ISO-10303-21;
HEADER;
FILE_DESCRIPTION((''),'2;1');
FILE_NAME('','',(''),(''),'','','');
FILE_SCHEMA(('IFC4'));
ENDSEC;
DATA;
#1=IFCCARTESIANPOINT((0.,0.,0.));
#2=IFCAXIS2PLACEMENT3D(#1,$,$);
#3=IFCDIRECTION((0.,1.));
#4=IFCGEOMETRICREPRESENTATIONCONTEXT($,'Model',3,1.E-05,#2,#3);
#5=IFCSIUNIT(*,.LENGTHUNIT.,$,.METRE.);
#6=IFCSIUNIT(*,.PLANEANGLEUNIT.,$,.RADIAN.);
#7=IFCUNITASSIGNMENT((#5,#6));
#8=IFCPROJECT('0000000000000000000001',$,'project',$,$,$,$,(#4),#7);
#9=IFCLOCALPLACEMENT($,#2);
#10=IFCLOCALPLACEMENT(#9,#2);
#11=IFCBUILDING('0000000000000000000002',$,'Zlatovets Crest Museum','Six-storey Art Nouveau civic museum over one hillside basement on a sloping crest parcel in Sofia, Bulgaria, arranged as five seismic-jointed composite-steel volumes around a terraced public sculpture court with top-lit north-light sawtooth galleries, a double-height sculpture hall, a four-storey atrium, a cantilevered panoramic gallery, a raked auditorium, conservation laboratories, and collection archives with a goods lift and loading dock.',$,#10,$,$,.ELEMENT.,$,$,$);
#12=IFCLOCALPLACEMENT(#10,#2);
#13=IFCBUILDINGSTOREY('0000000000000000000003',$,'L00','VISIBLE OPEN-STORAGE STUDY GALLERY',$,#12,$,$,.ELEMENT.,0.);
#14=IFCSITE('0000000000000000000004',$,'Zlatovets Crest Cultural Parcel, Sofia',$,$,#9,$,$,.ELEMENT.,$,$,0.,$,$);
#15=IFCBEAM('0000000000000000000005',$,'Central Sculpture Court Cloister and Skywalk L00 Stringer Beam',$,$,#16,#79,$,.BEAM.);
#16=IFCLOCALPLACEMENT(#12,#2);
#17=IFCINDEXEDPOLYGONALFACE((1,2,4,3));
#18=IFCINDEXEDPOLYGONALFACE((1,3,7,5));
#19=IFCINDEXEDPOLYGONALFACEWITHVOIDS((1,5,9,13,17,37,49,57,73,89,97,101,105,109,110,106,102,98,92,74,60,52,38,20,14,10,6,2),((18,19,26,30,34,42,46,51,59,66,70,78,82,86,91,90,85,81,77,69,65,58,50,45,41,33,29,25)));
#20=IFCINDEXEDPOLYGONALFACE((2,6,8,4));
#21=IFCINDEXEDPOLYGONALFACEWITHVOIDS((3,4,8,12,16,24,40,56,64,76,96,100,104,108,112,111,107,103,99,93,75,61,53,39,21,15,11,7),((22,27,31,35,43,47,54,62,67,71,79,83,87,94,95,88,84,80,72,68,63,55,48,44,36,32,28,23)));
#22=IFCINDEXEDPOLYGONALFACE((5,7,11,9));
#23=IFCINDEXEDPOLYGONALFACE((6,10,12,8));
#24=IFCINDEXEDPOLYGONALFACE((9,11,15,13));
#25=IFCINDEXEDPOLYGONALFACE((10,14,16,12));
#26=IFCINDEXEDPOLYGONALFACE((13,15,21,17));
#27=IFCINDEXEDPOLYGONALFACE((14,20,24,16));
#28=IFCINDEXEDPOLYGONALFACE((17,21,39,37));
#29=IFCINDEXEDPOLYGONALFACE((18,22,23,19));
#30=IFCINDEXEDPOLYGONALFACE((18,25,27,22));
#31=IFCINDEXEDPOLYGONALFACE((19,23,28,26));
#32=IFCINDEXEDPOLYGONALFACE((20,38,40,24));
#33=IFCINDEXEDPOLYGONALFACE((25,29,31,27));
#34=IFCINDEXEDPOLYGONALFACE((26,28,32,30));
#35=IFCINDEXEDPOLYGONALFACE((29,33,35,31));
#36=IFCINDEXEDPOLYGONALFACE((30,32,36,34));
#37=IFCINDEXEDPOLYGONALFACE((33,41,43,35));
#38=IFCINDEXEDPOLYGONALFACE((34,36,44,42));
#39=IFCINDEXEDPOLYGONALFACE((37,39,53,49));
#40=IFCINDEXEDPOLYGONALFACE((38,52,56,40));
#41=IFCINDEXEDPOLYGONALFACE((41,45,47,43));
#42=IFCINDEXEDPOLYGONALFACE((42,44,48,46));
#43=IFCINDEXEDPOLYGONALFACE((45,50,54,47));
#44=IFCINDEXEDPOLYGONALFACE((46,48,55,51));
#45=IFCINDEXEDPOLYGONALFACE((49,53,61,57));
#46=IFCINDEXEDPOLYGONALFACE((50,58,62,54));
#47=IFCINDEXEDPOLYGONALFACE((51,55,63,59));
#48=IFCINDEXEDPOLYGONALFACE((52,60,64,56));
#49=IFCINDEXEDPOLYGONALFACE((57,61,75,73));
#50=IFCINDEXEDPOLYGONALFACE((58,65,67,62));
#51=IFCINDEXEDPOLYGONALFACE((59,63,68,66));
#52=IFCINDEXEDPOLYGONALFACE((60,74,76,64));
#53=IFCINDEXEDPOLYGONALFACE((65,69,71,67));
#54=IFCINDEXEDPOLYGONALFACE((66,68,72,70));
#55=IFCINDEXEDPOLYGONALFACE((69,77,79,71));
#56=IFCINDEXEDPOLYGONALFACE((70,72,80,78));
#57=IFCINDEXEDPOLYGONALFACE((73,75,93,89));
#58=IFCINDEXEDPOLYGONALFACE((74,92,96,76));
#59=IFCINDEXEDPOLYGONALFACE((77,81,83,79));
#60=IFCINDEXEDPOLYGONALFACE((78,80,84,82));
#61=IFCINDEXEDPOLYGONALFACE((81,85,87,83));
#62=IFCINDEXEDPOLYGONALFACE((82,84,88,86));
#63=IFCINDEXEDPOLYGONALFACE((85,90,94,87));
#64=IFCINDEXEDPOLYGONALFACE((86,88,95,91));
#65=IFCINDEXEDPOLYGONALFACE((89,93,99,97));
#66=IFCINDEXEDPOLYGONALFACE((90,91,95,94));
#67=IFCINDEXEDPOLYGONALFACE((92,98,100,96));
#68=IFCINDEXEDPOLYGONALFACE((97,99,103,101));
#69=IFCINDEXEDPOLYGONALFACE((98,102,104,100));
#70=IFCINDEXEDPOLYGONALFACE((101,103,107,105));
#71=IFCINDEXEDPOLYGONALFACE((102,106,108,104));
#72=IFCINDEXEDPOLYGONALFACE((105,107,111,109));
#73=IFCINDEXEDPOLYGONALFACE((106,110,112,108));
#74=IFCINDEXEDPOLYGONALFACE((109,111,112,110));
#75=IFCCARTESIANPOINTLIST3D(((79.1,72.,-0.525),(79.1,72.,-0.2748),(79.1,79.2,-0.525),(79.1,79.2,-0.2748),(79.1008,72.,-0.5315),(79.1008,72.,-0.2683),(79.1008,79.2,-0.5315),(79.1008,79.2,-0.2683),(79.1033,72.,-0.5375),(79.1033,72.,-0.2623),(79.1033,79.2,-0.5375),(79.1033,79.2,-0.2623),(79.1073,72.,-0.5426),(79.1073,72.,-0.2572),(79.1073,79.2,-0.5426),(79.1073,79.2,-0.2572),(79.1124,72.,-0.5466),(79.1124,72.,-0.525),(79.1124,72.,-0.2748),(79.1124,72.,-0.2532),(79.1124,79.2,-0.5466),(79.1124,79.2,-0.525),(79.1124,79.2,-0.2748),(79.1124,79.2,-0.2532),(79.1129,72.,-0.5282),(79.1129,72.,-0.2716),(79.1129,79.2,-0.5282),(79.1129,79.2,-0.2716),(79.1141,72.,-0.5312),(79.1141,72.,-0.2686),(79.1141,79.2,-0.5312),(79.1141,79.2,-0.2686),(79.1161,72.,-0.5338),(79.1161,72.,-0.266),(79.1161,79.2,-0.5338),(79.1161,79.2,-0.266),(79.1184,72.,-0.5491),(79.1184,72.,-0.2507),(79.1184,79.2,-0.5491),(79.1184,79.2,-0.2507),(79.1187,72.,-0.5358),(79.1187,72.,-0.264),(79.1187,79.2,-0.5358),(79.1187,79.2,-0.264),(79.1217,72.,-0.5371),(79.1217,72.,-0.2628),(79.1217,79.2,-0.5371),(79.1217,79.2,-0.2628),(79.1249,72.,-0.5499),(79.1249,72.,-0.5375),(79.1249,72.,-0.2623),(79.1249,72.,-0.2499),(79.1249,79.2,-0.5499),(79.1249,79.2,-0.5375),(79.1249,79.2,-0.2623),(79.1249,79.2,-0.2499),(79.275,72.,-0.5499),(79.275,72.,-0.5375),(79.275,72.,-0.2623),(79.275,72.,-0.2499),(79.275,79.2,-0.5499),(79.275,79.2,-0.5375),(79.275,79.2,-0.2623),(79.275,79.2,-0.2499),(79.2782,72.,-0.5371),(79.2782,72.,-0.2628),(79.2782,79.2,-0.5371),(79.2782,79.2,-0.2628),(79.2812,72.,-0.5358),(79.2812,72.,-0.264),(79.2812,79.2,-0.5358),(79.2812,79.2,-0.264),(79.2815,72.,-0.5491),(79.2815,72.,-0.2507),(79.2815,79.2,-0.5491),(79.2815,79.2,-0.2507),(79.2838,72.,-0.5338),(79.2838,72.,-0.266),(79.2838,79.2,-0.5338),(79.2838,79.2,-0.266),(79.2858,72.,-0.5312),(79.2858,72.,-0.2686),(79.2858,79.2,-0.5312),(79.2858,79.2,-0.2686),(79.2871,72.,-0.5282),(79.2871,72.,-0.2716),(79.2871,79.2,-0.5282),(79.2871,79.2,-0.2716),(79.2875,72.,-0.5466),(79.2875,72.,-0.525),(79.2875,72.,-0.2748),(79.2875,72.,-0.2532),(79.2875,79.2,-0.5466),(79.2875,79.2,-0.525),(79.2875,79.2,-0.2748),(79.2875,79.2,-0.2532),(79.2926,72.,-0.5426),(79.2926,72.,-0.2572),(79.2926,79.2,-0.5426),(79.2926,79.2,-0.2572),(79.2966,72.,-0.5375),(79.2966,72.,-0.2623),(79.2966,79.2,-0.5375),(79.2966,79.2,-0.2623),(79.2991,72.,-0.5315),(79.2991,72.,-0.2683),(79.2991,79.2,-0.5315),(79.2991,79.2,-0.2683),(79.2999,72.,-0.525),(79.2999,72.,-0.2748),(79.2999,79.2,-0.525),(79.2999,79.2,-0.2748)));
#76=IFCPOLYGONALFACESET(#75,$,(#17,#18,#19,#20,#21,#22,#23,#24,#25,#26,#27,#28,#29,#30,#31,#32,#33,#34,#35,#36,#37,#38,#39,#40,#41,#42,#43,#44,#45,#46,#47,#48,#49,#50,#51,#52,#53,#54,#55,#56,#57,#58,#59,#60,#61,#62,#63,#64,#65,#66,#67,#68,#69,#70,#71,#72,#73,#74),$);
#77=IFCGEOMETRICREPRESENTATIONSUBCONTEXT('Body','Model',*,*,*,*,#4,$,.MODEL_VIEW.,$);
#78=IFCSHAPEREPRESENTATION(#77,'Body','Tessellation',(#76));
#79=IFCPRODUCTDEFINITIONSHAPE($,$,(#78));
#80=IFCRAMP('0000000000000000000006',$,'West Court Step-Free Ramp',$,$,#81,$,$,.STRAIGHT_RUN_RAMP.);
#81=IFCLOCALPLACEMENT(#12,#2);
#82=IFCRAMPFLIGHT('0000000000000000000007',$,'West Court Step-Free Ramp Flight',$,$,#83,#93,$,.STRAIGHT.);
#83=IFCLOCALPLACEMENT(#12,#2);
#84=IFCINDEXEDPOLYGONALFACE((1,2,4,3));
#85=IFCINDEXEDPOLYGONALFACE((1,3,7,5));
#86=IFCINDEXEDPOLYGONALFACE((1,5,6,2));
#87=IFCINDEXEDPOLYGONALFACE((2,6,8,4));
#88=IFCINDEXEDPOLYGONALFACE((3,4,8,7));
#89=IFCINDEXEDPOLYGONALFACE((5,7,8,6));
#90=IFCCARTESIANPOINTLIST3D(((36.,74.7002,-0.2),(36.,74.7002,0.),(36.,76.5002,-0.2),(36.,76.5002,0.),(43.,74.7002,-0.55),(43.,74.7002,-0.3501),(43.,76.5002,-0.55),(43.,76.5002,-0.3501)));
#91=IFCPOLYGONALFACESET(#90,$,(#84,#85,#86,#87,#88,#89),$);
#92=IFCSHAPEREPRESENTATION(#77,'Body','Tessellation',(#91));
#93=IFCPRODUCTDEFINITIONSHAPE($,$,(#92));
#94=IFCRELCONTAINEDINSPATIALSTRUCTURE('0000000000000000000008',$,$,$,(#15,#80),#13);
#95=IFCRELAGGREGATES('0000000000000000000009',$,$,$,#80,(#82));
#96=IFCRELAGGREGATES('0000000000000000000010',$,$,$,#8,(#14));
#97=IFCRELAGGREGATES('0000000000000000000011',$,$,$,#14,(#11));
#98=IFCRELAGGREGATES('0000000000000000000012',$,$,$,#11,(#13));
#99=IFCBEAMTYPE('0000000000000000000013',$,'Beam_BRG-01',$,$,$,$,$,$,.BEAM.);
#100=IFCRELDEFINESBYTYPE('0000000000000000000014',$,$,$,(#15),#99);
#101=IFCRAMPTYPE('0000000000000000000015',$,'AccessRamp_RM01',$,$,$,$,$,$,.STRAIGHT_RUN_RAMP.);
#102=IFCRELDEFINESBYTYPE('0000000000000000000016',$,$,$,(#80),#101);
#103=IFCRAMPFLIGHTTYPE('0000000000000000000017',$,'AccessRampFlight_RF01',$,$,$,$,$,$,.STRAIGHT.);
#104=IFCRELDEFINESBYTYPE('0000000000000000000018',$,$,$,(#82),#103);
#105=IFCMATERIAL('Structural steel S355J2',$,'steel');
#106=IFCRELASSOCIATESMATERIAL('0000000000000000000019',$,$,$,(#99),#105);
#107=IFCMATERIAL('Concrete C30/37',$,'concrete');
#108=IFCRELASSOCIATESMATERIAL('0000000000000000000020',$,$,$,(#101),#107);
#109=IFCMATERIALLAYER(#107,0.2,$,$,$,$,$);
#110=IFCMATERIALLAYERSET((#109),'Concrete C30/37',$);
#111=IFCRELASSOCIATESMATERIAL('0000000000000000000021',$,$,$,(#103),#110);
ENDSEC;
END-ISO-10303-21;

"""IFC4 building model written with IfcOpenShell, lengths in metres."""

from ifc_helpers import new_model, si_unit, direction, frame, origin, origin_2d, place, context, subcontext, project, spatial, polyline, hollow_rectangle, outline, extrude, material, layer, layer_set, material_profile, profile_set, type_object, element, aggregate, save


model = new_model("IFC4")

# Units and contexts
model_context = context("Model", 3, precision=1e-05, world=origin(), true_north=direction((0.0, 1.0)))
body_context = subcontext(model_context, "Body", "Model", "MODEL_VIEW")
ifc_project = project(units=[si_unit("LENGTHUNIT", "METRE"), si_unit("PLANEANGLEUNIT", "RADIAN")], contexts=[model_context])

# Site, building, storey
site_placement = place(None, origin())
site = spatial("IfcSite", under=ifc_project, at=site_placement, Name="Zlatovets Crest Cultural Parcel, Sofia", CompositionType="ELEMENT", RefElevation=0.0)
building_placement = place(site_placement, origin())
building = spatial("IfcBuilding", under=site, at=building_placement, Name="Zlatovets Crest Museum", Description="Six-storey Art Nouveau civic museum over one hillside basement on a sloping crest parcel in Sofia, Bulgaria, arranged as five seismic-jointed composite-steel volumes around a terraced public sculpture court with top-lit north-light sawtooth galleries, a double-height sculpture hall, a four-storey atrium, a cantilevered panoramic gallery, a raked auditorium, conservation laboratories, and collection archives with a goods lift and loading dock.", CompositionType="ELEMENT")
storey_placement = place(building_placement, origin())
storey = spatial("IfcBuildingStorey", under=building, at=storey_placement, Name="L00", Description="VISIBLE OPEN-STORAGE STUDY GALLERY", CompositionType="ELEMENT", Elevation=0.0)

# Shared definitions
ifc_material_1 = material(Name="Structural steel S355J2", Category="steel")

# Beam
ifc_material_profile_1 = material_profile(ifc_material_1, hollow_rectangle(XDim=0.2, YDim=0.3, WallThickness=0.0125, InnerFilletRadius=0.0125, OuterFilletRadius=0.0249, at=origin_2d()), Name="RHS 200x300x12.5")
ifc_profile_set_1 = profile_set([ifc_material_profile_1], Name="Structural steel S355J2")
beam_type_1 = type_object("IfcBeamType", Name="Beam_BRG-01", PredefinedType="BEAM", material=ifc_profile_set_1)
for number, where, z_axis, x_axis, name in (
    (1, (79.2, 72.0, -0.3999), (0.0, 1.0, 0.0), (-1.0, 0.0, 0.0), "Central Sculpture Court Cloister and Skywalk L00 Stringer Beam"),
):
    element("IfcBeam", number, at=place(storey_placement, frame(where, z_axis=z_axis, x_axis=x_axis)), inside=storey, type_object=beam_type_1, Name=name, PredefinedType="BEAM", context=body_context, shape_type="SweptSolid", body=[
        extrude(hollow_rectangle(XDim=0.2, YDim=0.3, WallThickness=0.0125, InnerFilletRadius=0.0125, OuterFilletRadius=0.0249, at=origin_2d()), origin(), (0.0, 0.0, 1.0), 7.2),
    ])

# Ramp, ramp flight
ifc_material_2 = material(Name="Concrete C30/37", Category="concrete")
ramp_type = type_object("IfcRampType", Name="AccessRamp_RM01", PredefinedType="STRAIGHT_RUN_RAMP", material=ifc_material_2)
ramp_placement = place(storey_placement, origin())
ramp = element("IfcRamp", 2, at=ramp_placement, inside=storey, type_object=ramp_type, Name="West Court Step-Free Ramp", PredefinedType="STRAIGHT_RUN_RAMP")
ifc_layer = layer(ifc_material_2, 0.2)
ifc_layer_set = layer_set([ifc_layer], Name="Concrete C30/37")
ramp_flight_type = type_object("IfcRampFlightType", Name="AccessRampFlight_RF01", PredefinedType="STRAIGHT", material=ifc_layer_set)
ramp_flight_placement = place(storey_placement, frame((43.0, 75.6001, -0.3501), z_axis=(0.0, 0.0, 1.0), x_axis=(-1.0, 0.0, 0.0)))
ramp_flight = element("IfcRampFlight", 3, at=ramp_flight_placement, type_object=ramp_flight_type, Name="West Court Step-Free Ramp Flight", PredefinedType="STRAIGHT", context=body_context, shape_type="SweptSolid", body=[
    extrude(outline(polyline([(0.0, 0.0), (7.0, 0.3501), (7.0, 0.1501), (0.0, -0.2), (0.0, 0.0)])), frame((0.0, 0.8999, 0.0), z_axis=(0.0, -1.0, 0.0), x_axis=(1.0, 0.0, 0.0)), (0.0, 0.0, 1.0), 1.8),
])
aggregate(ramp, [ramp_flight])

save(model, "model.ifc")
